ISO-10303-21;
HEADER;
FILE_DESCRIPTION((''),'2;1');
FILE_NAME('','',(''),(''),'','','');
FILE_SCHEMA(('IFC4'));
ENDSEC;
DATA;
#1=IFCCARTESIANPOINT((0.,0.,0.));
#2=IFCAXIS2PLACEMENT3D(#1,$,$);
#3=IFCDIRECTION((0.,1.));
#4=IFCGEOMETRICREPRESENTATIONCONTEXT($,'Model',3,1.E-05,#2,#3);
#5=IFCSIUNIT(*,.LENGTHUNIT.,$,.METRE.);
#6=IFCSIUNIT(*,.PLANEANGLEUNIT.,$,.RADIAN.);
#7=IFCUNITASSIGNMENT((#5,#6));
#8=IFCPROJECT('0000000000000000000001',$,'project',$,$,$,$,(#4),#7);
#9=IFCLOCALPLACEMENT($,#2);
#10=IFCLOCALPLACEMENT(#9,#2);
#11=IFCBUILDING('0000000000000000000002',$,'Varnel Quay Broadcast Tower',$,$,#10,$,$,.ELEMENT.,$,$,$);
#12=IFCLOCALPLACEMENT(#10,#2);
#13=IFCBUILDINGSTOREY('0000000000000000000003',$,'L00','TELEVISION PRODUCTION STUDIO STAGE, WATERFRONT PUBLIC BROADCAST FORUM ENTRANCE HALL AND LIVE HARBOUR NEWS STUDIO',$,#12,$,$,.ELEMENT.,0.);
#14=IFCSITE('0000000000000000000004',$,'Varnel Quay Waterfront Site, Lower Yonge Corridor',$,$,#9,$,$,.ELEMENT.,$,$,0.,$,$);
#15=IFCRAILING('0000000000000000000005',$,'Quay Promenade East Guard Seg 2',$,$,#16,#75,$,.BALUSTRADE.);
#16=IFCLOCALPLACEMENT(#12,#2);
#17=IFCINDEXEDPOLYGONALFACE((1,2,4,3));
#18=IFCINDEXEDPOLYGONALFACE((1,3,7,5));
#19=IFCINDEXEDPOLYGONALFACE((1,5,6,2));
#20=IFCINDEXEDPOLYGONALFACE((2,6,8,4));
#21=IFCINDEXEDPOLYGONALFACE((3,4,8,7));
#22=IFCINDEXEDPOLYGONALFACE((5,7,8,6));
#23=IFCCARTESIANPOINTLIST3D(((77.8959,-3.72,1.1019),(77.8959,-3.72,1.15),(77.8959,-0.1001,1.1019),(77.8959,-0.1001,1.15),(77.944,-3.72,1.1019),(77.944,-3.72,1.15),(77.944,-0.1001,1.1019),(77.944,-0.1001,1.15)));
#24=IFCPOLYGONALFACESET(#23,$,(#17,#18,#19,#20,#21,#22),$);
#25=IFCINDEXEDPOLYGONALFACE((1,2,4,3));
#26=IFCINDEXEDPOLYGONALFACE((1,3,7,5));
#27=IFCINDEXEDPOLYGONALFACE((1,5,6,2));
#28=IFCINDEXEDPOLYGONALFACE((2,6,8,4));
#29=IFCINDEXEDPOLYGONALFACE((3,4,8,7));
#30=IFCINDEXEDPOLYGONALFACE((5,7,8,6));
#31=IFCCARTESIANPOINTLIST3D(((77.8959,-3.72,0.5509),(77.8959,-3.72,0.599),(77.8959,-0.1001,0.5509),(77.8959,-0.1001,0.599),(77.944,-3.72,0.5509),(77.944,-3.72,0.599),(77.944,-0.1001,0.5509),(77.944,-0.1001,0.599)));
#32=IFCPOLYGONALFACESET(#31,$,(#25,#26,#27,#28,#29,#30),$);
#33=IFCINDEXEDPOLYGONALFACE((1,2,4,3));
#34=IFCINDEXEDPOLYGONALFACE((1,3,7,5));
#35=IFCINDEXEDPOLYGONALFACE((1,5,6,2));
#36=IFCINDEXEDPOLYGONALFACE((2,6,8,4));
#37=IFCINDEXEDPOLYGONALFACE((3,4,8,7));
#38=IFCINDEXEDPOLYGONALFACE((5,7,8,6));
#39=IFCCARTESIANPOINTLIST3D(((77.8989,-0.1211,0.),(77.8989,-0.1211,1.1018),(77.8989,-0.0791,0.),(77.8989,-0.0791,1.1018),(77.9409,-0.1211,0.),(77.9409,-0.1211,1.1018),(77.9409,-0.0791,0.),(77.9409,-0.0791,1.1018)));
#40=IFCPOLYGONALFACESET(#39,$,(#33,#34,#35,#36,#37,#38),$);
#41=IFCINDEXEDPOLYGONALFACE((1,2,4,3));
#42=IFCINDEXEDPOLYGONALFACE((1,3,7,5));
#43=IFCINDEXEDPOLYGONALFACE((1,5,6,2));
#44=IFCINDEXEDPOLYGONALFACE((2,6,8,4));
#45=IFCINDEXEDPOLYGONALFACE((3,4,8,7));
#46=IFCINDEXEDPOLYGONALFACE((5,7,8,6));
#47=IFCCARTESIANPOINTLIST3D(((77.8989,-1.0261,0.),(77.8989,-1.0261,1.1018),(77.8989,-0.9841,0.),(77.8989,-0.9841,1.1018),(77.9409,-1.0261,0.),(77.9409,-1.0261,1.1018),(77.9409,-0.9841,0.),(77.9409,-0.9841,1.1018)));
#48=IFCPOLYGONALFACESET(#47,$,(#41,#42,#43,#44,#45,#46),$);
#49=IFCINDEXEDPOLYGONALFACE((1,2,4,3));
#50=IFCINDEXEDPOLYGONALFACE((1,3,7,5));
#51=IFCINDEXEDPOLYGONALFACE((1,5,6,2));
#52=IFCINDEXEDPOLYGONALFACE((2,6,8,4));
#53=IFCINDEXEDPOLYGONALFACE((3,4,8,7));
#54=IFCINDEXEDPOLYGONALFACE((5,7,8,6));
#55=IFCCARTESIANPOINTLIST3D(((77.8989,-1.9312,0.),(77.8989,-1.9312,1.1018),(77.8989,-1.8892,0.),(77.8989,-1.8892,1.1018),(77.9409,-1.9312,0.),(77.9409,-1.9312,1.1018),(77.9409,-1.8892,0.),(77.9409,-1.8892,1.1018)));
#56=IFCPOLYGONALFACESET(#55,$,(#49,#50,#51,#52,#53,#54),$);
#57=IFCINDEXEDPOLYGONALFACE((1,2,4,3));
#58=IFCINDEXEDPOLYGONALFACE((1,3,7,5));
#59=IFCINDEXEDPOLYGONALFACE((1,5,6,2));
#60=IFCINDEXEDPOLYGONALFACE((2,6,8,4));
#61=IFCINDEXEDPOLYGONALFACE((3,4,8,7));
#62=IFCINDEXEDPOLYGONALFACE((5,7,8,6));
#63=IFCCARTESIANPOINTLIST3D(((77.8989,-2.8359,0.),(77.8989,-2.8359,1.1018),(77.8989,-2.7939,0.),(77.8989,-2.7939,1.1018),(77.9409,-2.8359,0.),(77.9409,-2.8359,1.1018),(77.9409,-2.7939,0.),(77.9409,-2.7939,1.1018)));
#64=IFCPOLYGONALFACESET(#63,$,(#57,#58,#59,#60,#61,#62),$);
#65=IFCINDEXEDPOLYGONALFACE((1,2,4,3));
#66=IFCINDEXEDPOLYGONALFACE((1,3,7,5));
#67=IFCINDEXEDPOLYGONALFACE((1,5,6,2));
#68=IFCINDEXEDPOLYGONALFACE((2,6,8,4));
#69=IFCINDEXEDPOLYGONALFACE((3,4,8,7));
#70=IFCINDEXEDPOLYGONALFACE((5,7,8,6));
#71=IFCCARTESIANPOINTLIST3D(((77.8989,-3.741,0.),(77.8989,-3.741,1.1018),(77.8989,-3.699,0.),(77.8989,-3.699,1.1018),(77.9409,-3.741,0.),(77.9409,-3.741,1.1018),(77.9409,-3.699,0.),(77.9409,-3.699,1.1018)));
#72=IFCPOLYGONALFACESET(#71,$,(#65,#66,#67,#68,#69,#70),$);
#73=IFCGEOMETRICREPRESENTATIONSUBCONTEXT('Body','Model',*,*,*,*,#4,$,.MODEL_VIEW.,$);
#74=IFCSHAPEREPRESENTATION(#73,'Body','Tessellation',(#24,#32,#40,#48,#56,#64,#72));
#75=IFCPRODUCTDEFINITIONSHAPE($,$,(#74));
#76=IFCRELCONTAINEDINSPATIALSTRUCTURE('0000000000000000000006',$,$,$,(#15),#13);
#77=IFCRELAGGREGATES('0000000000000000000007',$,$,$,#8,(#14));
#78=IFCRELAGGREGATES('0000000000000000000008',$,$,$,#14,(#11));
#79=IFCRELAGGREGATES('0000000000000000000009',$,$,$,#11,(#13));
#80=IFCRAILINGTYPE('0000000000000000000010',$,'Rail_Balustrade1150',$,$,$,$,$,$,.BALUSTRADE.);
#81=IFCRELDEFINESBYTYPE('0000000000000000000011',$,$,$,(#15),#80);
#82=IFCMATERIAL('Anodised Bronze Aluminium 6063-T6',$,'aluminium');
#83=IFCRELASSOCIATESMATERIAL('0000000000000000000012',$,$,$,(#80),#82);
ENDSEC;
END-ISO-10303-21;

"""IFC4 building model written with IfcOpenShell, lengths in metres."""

from ifc_helpers import new_model, si_unit, direction, frame, origin, origin_2d, place, context, subcontext, project, spatial, rectangle, extrude, material, type_object, element, save


model = new_model("IFC4")

# Units and contexts
model_context = context("Model", 3, precision=1e-05, world=origin(), true_north=direction((0.0, 1.0)))
body_context = subcontext(model_context, "Body", "Model", "MODEL_VIEW")
ifc_project = project(units=[si_unit("LENGTHUNIT", "METRE"), si_unit("PLANEANGLEUNIT", "RADIAN")], contexts=[model_context])

# Site, building, storey
site_placement = place(None, origin())
site = spatial("IfcSite", under=ifc_project, at=site_placement, Name="Varnel Quay Waterfront Site, Lower Yonge Corridor", CompositionType="ELEMENT", RefElevation=0.0)
building_placement = place(site_placement, origin())
building = spatial("IfcBuilding", under=site, at=building_placement, Name="Varnel Quay Broadcast Tower", CompositionType="ELEMENT")
storey_placement = place(building_placement, origin())
storey = spatial("IfcBuildingStorey", under=building, at=storey_placement, Name="L00", Description="TELEVISION PRODUCTION STUDIO STAGE, WATERFRONT PUBLIC BROADCAST FORUM ENTRANCE HALL AND LIVE HARBOUR NEWS STUDIO", CompositionType="ELEMENT", Elevation=0.0)

# Shared definitions
ifc_material_1 = material(Name="Anodised Bronze Aluminium 6063-T6", Category="aluminium")

# Railing
railing_type = type_object("IfcRailingType", Name="Rail_Balustrade1150", PredefinedType="BALUSTRADE", material=ifc_material_1)
railing_1_placement = place(storey_placement, frame((77.9199, -0.1001, 0.0)))
element("IfcRailing", 1, at=railing_1_placement, inside=storey, type_object=railing_type, Name="Quay Promenade East Guard Seg 2", PredefinedType="BALUSTRADE", context=body_context, shape_type="SweptSolid", body=[
    extrude(rectangle(XDim=0.0481, YDim=0.0481, at=origin_2d()), frame((0.0, 0.0, 1.126), z_axis=(0.0, -1.0, 0.0), x_axis=(1.0, 0.0, 0.0)), (0.0, 0.0, 1.0), 3.6199),
    extrude(rectangle(XDim=0.0481, YDim=0.0481, at=origin_2d()), frame((0.0, 0.0, 0.575), z_axis=(0.0, -1.0, 0.0), x_axis=(1.0, 0.0, 0.0)), (0.0, 0.0, 1.0), 3.6199),
    extrude(rectangle(XDim=0.042, YDim=0.042, at=origin_2d()), origin(), (0.0, 0.0, 1.0), 1.1018),
    extrude(rectangle(XDim=0.042, YDim=0.042, at=origin_2d()), frame((0.0, -0.905, 0.0)), (0.0, 0.0, 1.0), 1.1018),
    extrude(rectangle(XDim=0.042, YDim=0.042, at=origin_2d()), frame((0.0, -1.8101, 0.0)), (0.0, 0.0, 1.0), 1.1018),
    extrude(rectangle(XDim=0.042, YDim=0.042, at=origin_2d()), frame((0.0, -2.7148, 0.0)), (0.0, 0.0, 1.0), 1.1018),
    extrude(rectangle(XDim=0.042, YDim=0.042, at=origin_2d()), frame((0.0, -3.6199, 0.0)), (0.0, 0.0, 1.0), 1.1018),
])

save(model, "model.ifc")
